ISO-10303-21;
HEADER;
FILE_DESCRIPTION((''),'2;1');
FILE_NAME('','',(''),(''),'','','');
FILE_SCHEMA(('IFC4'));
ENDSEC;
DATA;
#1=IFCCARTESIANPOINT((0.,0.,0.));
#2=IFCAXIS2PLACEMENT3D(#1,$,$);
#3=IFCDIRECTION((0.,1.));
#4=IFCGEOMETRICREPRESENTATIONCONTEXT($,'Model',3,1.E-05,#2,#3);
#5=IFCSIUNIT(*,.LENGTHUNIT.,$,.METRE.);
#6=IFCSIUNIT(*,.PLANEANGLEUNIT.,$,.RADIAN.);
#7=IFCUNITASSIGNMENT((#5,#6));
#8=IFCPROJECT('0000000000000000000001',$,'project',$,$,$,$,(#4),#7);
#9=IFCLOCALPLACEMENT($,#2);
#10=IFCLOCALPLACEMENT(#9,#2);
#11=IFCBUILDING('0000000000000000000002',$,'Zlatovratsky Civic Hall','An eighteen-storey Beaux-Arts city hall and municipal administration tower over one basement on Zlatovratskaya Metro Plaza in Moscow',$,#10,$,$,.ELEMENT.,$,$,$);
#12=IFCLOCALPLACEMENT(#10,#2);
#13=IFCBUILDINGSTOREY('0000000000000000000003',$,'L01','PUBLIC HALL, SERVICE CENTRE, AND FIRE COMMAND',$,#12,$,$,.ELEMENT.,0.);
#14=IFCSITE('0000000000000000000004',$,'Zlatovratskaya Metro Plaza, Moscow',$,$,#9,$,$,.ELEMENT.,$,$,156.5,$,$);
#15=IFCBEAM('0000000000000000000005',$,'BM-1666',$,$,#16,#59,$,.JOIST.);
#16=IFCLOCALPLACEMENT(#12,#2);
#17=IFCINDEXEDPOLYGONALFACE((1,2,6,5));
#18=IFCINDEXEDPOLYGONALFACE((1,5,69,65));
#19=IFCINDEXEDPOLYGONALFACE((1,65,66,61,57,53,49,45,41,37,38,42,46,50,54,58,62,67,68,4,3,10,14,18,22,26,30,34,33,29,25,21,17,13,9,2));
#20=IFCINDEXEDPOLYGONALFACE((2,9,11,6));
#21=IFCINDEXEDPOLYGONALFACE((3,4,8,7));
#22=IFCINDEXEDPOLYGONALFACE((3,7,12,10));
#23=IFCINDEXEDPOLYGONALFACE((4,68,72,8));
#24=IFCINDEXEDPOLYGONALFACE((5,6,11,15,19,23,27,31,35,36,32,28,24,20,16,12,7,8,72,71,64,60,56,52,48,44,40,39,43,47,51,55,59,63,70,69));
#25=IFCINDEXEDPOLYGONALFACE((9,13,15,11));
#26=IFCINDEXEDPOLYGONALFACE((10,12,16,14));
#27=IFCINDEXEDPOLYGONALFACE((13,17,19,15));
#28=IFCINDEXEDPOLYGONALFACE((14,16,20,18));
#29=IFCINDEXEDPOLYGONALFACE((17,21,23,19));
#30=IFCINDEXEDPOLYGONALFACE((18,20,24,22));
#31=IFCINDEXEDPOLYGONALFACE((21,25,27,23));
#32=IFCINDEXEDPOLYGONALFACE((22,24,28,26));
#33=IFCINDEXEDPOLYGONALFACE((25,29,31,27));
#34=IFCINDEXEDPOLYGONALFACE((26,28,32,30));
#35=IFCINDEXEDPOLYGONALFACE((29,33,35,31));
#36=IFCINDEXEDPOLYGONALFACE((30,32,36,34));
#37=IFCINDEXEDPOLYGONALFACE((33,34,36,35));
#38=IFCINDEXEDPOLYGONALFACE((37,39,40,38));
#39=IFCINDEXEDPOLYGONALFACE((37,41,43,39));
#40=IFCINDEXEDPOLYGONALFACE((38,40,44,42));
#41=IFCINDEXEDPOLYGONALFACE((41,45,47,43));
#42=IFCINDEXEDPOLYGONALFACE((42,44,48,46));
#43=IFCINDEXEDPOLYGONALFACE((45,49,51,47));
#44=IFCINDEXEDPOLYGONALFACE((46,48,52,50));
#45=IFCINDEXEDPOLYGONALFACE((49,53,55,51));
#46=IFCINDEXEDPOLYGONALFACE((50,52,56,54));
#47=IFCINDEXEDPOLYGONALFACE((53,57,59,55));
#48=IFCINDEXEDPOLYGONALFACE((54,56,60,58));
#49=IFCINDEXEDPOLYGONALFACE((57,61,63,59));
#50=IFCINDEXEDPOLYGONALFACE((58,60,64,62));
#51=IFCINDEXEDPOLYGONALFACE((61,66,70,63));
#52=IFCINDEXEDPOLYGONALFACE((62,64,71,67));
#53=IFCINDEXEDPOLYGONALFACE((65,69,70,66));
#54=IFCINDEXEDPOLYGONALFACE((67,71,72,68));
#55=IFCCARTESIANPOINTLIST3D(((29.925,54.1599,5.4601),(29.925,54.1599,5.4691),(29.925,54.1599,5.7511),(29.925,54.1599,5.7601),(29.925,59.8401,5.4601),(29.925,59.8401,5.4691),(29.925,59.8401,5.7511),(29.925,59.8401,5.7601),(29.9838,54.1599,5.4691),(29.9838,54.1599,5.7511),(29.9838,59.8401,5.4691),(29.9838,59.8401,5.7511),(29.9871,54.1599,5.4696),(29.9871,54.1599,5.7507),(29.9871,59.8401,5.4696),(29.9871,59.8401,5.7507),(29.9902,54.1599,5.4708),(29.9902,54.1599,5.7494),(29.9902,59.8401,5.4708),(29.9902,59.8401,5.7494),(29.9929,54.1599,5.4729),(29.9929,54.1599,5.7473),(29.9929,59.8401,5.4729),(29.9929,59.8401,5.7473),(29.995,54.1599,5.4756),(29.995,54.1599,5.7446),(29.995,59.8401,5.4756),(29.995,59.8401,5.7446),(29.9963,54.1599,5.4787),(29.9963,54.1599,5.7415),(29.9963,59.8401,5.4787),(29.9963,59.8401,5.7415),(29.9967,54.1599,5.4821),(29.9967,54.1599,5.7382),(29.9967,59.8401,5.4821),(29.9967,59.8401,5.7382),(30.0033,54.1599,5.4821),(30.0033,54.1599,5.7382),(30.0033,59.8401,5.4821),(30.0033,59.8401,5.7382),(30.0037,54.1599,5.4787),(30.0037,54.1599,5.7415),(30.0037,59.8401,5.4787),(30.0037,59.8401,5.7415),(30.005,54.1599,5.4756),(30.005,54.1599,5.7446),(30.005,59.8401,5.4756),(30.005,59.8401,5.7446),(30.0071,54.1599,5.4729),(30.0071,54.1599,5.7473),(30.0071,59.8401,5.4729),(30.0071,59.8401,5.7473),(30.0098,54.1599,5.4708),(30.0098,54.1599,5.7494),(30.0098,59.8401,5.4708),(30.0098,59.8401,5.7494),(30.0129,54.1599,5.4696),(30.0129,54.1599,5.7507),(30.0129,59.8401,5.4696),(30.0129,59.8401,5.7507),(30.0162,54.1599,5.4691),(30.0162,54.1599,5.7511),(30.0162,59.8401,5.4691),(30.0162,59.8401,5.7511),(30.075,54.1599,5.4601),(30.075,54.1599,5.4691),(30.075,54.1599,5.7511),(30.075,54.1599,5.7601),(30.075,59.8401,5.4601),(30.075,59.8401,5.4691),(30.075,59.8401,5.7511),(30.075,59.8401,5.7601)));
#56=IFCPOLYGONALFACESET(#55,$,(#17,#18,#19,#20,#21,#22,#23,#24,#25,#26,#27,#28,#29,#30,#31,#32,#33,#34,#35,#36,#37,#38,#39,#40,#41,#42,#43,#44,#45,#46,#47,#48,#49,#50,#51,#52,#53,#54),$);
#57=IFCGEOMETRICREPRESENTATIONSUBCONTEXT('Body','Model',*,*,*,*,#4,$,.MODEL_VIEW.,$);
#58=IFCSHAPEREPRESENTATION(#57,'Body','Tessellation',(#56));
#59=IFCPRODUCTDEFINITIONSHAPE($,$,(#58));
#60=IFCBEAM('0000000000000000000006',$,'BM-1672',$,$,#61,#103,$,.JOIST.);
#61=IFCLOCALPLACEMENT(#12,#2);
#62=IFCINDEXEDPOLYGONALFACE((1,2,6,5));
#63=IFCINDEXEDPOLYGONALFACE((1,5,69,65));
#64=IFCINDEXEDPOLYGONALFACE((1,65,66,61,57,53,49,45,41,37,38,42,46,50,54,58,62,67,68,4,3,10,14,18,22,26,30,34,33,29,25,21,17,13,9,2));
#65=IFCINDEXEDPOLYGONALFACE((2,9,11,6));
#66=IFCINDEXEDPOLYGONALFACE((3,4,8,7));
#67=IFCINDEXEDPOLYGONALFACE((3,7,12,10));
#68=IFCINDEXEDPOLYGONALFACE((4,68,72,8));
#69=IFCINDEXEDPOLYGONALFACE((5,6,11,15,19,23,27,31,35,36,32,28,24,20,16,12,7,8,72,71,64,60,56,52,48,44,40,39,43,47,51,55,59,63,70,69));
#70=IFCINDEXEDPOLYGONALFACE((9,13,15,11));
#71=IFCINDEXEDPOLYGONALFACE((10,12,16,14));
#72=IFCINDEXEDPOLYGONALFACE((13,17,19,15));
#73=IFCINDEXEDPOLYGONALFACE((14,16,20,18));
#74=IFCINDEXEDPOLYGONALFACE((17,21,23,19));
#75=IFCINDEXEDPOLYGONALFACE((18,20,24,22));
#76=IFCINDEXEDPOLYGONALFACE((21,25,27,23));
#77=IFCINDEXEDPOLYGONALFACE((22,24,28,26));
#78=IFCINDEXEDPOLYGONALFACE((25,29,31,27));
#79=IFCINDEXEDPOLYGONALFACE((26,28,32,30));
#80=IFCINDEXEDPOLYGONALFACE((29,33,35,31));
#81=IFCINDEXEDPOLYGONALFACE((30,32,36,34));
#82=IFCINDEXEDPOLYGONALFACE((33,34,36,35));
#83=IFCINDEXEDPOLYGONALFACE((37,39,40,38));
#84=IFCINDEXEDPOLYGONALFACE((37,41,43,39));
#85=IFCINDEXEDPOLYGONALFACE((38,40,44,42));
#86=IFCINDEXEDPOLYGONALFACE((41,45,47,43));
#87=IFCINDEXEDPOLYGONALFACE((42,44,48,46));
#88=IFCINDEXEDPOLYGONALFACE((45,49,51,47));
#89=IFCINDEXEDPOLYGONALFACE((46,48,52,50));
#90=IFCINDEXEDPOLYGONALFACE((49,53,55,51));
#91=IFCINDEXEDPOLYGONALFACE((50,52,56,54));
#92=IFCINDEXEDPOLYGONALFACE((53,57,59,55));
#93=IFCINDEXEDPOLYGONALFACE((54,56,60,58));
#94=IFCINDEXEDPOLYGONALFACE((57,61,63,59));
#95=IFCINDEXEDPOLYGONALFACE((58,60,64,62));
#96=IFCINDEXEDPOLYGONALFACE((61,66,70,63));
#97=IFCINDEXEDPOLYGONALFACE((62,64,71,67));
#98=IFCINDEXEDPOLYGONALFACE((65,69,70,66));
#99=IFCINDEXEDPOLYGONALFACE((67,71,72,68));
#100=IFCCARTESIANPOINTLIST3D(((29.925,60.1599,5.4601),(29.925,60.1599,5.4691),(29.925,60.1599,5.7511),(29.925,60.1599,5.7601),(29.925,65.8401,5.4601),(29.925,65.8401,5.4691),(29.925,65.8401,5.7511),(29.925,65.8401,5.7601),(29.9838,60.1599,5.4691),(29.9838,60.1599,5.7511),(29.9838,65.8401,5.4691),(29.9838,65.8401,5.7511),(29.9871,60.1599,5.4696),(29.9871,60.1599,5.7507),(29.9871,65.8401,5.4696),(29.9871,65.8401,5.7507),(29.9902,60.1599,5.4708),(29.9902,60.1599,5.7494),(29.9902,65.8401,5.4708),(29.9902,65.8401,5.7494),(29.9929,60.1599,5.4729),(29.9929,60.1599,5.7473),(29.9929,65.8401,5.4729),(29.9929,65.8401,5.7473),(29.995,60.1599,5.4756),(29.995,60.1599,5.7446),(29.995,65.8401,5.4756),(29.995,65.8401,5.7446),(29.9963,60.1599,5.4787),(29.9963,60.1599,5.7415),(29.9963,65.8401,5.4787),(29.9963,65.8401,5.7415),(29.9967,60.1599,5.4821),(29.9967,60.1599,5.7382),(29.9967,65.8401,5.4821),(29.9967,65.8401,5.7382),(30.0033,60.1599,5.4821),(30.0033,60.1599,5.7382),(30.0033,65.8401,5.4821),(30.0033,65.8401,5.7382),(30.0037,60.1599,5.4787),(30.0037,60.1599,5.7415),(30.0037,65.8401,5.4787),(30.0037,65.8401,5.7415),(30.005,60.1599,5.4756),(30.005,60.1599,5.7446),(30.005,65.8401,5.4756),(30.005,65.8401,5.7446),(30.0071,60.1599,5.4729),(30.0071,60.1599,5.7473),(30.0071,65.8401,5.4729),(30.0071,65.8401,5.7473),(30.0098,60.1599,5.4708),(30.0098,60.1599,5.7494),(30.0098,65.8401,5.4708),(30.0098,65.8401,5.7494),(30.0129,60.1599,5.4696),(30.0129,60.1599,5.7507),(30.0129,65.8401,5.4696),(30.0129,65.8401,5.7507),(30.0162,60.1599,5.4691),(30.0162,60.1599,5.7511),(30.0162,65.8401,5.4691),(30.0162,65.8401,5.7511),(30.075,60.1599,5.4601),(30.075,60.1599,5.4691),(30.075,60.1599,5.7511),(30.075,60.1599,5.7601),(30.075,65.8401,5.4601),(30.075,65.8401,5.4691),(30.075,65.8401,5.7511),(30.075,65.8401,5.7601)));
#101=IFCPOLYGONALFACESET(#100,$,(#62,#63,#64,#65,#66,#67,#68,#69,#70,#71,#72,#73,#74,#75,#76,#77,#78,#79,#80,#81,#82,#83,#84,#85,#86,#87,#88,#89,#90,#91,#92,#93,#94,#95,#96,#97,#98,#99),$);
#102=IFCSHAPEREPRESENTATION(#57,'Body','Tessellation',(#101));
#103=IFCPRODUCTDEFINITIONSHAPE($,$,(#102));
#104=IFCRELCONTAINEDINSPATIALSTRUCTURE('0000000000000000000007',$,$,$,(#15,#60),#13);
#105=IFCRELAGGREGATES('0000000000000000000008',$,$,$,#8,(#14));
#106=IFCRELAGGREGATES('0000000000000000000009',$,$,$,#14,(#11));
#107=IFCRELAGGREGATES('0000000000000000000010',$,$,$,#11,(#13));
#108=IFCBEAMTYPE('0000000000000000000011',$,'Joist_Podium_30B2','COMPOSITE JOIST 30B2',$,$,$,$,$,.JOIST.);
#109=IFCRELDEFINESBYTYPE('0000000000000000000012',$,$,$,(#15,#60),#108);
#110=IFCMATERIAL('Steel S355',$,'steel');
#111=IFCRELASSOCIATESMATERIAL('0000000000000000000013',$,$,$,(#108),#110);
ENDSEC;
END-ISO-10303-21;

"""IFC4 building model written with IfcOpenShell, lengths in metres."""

from ifc_helpers import new_model, si_unit, direction, frame, origin, origin_2d, place, context, subcontext, project, spatial, i_section, extrude, material, material_profile, profile_set, type_object, element, save


model = new_model("IFC4")

# Units and contexts
model_context = context("Model", 3, precision=1e-05, world=origin(), true_north=direction((0.0, 1.0)))
body_context = subcontext(model_context, "Body", "Model", "MODEL_VIEW")
ifc_project = project(units=[si_unit("LENGTHUNIT", "METRE"), si_unit("PLANEANGLEUNIT", "RADIAN")], contexts=[model_context])

# Site, building, storey
site_placement = place(None, origin())
site = spatial("IfcSite", under=ifc_project, at=site_placement, Name="Zlatovratskaya Metro Plaza, Moscow", CompositionType="ELEMENT", RefElevation=156.5)
building_placement = place(site_placement, origin())
building = spatial("IfcBuilding", under=site, at=building_placement, Name="Zlatovratsky Civic Hall", Description="An eighteen-storey Beaux-Arts city hall and municipal administration tower over one basement on Zlatovratskaya Metro Plaza in Moscow", CompositionType="ELEMENT")
storey_placement = place(building_placement, origin())
storey = spatial("IfcBuildingStorey", under=building, at=storey_placement, Name="L01", Description="PUBLIC HALL, SERVICE CENTRE, AND FIRE COMMAND", CompositionType="ELEMENT", Elevation=0.0)

# Shared definitions
ifc_material = material(Name="Steel S355", Category="steel")

# Beams
ifc_material_profile_1 = material_profile(ifc_material, i_section(OverallWidth=0.1499, OverallDepth=0.3, WebThickness=0.0066, FlangeThickness=0.009, FilletRadius=0.0129, at=origin_2d()), Name="30B2")
ifc_profile_set_1 = profile_set([ifc_material_profile_1], Name="Steel S355")
beam_type_1 = type_object("IfcBeamType", Name="Joist_Podium_30B2", Description="COMPOSITE JOIST 30B2", PredefinedType="JOIST", material=ifc_profile_set_1)
for number, where, z_axis, x_axis, name in (
    (1, (30.0, 54.1599, 5.6101), (0.0, 1.0, 0.0), (-1.0, 0.0, 0.0), "BM-1666"),
    (2, (30.0, 60.1599, 5.6101), (0.0, 1.0, 0.0), (-1.0, 0.0, 0.0), "BM-1672"),
):
    element("IfcBeam", number, at=place(storey_placement, frame(where, z_axis=z_axis, x_axis=x_axis)), inside=storey, type_object=beam_type_1, Name=name, PredefinedType="JOIST", context=body_context, shape_type="SweptSolid", body=[
        extrude(i_section(OverallWidth=0.1499, OverallDepth=0.3, WebThickness=0.0066, FlangeThickness=0.009, FilletRadius=0.0129, at=origin_2d()), origin(), (0.0, 0.0, 1.0), 5.6802),
    ])

save(model, "model.ifc")
